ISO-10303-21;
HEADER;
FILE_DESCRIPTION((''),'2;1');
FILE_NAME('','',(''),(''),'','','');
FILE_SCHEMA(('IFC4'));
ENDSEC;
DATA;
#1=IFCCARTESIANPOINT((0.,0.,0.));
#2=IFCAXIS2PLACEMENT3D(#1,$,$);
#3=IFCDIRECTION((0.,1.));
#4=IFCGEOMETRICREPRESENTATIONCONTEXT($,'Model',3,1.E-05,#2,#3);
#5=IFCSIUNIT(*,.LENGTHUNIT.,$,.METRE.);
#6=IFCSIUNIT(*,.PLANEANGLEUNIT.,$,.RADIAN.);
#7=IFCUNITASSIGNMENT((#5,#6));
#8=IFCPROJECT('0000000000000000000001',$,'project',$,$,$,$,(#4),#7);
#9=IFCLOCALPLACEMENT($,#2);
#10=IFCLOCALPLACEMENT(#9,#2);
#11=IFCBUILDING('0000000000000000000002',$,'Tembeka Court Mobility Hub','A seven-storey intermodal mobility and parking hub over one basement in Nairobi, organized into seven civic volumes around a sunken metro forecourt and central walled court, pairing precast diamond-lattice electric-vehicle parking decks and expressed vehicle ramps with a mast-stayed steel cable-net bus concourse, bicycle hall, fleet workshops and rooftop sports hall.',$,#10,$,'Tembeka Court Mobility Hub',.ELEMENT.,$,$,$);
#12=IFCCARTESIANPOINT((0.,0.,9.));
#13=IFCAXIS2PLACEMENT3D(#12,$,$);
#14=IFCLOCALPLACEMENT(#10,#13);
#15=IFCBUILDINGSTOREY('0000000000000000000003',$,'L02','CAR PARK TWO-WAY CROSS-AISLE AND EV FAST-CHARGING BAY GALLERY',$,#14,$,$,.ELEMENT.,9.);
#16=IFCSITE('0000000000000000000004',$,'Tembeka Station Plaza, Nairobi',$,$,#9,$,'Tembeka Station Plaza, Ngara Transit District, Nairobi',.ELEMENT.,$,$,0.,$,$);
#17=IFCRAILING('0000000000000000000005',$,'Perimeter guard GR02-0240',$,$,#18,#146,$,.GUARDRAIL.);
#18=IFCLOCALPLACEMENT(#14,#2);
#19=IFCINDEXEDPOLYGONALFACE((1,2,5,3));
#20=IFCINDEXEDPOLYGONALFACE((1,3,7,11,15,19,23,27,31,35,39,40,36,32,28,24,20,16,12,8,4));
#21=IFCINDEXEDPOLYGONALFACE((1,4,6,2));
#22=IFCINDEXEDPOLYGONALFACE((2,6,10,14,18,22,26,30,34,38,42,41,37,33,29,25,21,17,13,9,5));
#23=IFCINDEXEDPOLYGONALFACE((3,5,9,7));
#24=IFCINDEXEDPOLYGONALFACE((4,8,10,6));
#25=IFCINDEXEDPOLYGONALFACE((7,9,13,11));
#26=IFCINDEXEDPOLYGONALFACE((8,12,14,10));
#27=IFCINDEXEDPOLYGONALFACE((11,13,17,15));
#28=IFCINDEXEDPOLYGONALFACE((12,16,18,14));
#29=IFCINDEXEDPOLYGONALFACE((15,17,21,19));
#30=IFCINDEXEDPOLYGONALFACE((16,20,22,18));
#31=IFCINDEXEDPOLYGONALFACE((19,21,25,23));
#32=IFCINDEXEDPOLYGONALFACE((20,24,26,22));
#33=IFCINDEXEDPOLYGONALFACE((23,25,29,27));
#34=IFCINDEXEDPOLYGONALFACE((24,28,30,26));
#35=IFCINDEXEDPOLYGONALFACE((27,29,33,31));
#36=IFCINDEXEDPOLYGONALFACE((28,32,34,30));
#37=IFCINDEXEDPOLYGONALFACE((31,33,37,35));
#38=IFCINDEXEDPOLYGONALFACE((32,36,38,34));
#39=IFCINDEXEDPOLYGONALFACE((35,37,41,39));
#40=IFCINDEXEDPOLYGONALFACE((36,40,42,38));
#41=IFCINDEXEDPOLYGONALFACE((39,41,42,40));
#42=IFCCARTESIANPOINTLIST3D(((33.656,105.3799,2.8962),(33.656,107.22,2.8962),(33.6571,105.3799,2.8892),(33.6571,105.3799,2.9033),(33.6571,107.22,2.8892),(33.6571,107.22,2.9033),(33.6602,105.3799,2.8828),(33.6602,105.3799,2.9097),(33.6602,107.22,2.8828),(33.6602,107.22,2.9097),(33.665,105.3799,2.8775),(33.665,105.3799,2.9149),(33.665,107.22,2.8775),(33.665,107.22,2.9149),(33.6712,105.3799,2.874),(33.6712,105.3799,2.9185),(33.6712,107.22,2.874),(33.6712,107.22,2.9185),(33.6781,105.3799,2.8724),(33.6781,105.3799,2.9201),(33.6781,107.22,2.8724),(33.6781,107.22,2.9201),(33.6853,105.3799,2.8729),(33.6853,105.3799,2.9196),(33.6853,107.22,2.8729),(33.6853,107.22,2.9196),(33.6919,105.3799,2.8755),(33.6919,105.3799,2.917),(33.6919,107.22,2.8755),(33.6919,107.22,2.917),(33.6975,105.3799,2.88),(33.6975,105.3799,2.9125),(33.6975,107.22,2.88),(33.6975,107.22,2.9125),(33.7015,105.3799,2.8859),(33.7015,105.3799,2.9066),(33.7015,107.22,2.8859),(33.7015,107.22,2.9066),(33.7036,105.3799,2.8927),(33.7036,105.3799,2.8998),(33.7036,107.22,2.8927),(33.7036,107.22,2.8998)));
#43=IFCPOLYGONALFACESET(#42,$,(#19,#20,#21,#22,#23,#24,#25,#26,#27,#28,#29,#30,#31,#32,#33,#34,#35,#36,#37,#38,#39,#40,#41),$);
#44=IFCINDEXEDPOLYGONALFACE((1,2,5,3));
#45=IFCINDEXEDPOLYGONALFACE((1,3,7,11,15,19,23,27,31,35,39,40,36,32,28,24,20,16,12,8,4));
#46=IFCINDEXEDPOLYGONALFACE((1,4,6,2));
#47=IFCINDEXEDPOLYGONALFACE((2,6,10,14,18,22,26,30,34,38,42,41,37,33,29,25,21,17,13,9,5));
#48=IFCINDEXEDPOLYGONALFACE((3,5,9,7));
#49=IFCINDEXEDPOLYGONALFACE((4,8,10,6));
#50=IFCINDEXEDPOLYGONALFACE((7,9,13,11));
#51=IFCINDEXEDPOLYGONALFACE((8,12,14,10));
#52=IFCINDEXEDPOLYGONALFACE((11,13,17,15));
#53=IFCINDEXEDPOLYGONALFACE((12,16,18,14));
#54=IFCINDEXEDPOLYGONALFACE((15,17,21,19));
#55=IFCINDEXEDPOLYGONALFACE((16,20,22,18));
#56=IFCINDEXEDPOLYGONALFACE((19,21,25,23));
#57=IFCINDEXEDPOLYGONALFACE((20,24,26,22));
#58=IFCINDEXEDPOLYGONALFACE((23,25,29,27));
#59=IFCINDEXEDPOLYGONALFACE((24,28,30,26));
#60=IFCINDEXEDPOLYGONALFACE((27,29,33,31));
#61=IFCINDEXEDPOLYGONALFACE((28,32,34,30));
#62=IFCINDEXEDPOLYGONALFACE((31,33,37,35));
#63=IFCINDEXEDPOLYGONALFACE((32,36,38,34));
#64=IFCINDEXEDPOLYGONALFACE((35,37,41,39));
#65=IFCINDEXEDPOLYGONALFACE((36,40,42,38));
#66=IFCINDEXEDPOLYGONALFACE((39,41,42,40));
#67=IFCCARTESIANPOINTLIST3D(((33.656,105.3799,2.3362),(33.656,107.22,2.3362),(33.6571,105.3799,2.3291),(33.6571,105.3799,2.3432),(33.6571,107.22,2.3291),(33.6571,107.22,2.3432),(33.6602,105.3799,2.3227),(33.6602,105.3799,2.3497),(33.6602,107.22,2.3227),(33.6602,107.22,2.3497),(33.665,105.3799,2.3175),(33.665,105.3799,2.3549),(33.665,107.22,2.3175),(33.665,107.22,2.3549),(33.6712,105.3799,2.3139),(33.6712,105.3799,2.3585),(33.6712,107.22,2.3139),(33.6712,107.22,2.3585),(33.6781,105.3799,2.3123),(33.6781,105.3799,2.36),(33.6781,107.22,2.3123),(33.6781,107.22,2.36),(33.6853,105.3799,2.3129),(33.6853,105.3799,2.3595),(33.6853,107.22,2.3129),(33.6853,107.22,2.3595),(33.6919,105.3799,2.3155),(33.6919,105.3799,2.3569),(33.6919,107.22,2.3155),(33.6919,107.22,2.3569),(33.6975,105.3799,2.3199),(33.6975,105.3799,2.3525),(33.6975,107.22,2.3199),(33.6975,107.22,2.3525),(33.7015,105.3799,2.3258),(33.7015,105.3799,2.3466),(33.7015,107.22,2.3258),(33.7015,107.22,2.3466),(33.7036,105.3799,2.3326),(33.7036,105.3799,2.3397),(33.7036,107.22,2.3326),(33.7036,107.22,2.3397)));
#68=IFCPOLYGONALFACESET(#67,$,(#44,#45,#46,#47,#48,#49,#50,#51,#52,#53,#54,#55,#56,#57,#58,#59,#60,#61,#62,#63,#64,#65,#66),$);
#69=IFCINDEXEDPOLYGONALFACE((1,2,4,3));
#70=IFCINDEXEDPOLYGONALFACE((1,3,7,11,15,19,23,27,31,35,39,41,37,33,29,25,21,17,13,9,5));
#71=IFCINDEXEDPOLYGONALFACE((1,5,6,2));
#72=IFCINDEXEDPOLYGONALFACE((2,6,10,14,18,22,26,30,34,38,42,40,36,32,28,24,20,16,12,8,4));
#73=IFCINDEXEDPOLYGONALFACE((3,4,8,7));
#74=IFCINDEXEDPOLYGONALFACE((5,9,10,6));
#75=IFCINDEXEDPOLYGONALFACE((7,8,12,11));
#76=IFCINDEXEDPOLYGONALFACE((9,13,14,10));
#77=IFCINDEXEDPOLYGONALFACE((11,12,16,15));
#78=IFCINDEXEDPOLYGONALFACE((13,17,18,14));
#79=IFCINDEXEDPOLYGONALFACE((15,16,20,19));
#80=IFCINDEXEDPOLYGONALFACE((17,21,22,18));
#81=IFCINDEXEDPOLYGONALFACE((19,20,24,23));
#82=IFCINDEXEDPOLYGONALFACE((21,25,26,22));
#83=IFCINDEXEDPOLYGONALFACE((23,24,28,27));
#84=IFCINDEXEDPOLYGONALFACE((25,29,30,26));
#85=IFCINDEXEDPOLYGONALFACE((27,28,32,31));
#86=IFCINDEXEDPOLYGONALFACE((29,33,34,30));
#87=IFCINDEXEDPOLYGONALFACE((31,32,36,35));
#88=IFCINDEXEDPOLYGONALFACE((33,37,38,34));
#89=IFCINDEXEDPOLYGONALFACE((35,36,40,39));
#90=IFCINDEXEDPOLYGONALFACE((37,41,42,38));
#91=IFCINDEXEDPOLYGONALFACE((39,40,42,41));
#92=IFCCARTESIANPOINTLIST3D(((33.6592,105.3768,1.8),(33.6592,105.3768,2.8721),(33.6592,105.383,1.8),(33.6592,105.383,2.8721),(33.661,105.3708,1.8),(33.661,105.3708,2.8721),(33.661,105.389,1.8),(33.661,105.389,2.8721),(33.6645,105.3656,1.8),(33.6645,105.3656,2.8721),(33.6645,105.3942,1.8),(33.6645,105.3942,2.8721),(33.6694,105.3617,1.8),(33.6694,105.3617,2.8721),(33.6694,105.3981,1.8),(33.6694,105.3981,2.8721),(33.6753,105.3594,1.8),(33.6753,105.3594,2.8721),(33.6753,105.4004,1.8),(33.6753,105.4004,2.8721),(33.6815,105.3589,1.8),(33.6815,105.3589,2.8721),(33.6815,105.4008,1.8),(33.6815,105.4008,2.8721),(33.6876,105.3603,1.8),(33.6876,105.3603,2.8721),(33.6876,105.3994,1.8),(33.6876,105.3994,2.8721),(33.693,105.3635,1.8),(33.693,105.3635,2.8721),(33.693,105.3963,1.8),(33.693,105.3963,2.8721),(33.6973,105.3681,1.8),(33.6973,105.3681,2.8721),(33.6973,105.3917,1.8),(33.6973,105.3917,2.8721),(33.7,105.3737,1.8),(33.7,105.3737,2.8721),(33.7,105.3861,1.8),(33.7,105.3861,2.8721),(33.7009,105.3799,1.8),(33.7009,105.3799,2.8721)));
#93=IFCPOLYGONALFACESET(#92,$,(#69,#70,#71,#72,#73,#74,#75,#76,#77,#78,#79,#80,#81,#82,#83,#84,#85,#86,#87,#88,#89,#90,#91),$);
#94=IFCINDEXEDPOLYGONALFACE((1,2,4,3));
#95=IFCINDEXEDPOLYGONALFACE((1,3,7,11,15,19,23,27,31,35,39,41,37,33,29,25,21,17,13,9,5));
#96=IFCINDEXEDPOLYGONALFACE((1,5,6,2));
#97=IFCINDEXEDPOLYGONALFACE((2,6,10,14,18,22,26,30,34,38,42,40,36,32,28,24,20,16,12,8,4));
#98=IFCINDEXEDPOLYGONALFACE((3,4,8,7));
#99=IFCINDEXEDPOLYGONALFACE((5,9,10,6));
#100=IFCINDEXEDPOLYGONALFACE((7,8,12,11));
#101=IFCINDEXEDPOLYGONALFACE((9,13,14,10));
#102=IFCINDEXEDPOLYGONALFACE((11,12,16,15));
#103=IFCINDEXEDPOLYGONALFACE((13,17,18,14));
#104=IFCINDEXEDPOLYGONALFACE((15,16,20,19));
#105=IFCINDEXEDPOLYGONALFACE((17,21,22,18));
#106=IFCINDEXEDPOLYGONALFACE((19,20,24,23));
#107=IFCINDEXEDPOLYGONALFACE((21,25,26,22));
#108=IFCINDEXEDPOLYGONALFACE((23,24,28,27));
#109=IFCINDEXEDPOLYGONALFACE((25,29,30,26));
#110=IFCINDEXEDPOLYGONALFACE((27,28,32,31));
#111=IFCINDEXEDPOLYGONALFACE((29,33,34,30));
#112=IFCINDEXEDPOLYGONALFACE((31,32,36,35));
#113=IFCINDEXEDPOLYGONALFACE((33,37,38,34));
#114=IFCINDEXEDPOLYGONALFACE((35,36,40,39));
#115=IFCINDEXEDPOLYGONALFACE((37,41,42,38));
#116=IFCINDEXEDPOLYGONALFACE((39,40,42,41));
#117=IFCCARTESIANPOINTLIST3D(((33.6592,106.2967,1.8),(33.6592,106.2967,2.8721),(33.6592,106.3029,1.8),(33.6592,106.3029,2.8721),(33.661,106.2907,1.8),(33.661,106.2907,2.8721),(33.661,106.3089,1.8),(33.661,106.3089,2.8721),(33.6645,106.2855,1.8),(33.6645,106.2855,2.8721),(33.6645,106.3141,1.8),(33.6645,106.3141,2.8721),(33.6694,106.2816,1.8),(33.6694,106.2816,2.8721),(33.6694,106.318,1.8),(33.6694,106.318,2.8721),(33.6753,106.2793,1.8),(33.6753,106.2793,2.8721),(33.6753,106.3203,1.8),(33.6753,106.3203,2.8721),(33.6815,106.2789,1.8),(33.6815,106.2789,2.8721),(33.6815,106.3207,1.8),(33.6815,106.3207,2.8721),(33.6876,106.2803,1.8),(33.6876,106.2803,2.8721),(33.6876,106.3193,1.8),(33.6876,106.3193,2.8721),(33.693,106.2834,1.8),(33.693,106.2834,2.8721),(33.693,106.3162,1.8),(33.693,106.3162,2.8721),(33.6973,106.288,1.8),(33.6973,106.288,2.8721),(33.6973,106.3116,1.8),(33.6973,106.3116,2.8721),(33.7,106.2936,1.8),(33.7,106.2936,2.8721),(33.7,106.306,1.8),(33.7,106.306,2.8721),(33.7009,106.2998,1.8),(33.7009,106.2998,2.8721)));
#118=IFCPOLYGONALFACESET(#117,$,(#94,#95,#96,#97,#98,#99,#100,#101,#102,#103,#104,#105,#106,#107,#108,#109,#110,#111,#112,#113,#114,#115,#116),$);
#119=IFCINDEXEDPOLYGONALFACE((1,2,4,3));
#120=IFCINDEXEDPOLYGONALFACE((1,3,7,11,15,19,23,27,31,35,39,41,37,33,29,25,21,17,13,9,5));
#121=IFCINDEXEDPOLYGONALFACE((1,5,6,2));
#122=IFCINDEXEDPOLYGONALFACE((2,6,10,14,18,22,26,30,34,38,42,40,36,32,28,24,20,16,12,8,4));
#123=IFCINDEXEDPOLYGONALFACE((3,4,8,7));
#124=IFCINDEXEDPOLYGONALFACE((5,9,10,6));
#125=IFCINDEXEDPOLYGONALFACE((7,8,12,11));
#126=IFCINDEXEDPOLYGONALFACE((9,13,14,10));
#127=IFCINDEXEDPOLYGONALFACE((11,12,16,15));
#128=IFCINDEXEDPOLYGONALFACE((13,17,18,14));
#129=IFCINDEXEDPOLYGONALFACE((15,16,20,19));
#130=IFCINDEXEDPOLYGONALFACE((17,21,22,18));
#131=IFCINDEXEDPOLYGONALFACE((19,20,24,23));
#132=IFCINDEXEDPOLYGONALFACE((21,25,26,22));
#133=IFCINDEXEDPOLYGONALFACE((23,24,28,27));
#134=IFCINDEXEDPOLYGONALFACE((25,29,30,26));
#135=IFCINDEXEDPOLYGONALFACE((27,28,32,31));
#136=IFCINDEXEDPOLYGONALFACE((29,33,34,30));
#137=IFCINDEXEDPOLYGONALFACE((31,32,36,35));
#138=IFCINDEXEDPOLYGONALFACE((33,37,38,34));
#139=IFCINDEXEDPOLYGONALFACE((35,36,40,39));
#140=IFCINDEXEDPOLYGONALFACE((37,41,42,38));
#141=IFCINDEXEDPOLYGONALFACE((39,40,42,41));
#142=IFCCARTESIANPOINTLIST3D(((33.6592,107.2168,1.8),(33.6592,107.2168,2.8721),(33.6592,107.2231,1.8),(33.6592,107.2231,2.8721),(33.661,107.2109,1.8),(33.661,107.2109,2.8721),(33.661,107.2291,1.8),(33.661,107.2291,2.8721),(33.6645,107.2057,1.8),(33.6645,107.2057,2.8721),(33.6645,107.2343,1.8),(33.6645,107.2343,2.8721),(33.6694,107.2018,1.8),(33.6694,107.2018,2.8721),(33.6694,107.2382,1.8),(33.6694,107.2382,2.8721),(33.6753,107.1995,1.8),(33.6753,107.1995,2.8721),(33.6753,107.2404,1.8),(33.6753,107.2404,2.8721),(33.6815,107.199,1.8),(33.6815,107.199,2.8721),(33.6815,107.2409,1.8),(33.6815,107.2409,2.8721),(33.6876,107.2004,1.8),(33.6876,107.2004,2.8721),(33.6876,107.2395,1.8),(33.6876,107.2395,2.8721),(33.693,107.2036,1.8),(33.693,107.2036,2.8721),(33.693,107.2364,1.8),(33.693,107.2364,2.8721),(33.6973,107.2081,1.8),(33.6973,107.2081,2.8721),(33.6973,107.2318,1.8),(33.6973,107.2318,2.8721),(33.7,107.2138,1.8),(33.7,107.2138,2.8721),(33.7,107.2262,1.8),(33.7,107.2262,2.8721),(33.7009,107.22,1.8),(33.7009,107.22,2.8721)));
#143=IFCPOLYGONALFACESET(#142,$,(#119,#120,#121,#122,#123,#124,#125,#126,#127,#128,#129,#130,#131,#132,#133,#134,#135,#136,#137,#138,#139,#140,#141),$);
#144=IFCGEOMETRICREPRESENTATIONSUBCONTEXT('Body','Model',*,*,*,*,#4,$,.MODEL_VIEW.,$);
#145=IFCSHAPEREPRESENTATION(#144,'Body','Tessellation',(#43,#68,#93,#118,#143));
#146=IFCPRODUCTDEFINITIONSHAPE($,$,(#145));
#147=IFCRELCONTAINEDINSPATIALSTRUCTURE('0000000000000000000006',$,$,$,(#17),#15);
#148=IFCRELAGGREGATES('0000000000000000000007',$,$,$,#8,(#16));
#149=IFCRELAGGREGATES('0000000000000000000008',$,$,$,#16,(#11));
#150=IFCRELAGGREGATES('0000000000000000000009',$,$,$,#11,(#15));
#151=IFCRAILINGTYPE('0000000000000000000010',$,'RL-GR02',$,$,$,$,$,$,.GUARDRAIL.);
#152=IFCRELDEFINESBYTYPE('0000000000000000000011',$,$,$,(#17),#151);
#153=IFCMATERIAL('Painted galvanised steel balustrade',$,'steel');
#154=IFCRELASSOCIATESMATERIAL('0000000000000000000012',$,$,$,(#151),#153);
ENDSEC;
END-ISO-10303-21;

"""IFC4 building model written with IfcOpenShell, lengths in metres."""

from ifc_helpers import new_model, si_unit, direction, frame, origin, origin_2d, place, context, subcontext, project, spatial, circle, extrude, material, type_object, element, save


model = new_model("IFC4")

# Units and contexts
model_context = context("Model", 3, precision=1e-05, world=origin(), true_north=direction((0.0, 1.0)))
body_context = subcontext(model_context, "Body", "Model", "MODEL_VIEW")
ifc_project = project(units=[si_unit("LENGTHUNIT", "METRE"), si_unit("PLANEANGLEUNIT", "RADIAN")], contexts=[model_context])

# Site, building, storey
site_placement = place(None, origin())
site = spatial("IfcSite", under=ifc_project, at=site_placement, Name="Tembeka Station Plaza, Nairobi", LongName="Tembeka Station Plaza, Ngara Transit District, Nairobi", CompositionType="ELEMENT", RefElevation=0.0)
building_placement = place(site_placement, origin())
building = spatial("IfcBuilding", under=site, at=building_placement, Name="Tembeka Court Mobility Hub", Description="A seven-storey intermodal mobility and parking hub over one basement in Nairobi, organized into seven civic volumes around a sunken metro forecourt and central walled court, pairing precast diamond-lattice electric-vehicle parking decks and expressed vehicle ramps with a mast-stayed steel cable-net bus concourse, bicycle hall, fleet workshops and rooftop sports hall.", LongName="Tembeka Court Mobility Hub", CompositionType="ELEMENT")
storey_placement = place(building_placement, frame((0.0, 0.0, 9.0)))
storey = spatial("IfcBuildingStorey", under=building, at=storey_placement, Name="L02", Description="CAR PARK TWO-WAY CROSS-AISLE AND EV FAST-CHARGING BAY GALLERY", CompositionType="ELEMENT", Elevation=9.0)

# Railing
ifc_material_1 = material(Name="Painted galvanised steel balustrade", Category="steel")
railing_type = type_object("IfcRailingType", Name="RL-GR02", PredefinedType="GUARDRAIL", material=ifc_material_1)
railing_1_placement = place(storey_placement, frame((33.6799, 105.3799, 1.8)))
element("IfcRailing", 1, at=railing_1_placement, inside=storey, type_object=railing_type, Name="Perimeter guard GR02-0240", PredefinedType="GUARDRAIL", context=body_context, shape_type="SweptSolid", body=[
    extrude(circle(Radius=0.0239, at=origin_2d()), frame((0.0, 0.0, 1.0962), z_axis=(0.0, 1.0, 0.0), x_axis=(-1.0, 0.0, 0.0)), (0.0, 0.0, 1.0), 1.8401),
    extrude(circle(Radius=0.0239, at=origin_2d()), frame((0.0, 0.0, 0.5361), z_axis=(0.0, 1.0, 0.0), x_axis=(-1.0, 0.0, 0.0)), (0.0, 0.0, 1.0), 1.8401),
    extrude(circle(Radius=0.021, at=origin_2d()), origin(), (0.0, 0.0, 1.0), 1.072),
    extrude(circle(Radius=0.021, at=origin_2d()), frame((0.0, 0.9199, 0.0)), (0.0, 0.0, 1.0), 1.072),
    extrude(circle(Radius=0.021, at=origin_2d()), frame((0.0, 1.8401, 0.0)), (0.0, 0.0, 1.0), 1.072),
])

save(model, "model.ifc")
